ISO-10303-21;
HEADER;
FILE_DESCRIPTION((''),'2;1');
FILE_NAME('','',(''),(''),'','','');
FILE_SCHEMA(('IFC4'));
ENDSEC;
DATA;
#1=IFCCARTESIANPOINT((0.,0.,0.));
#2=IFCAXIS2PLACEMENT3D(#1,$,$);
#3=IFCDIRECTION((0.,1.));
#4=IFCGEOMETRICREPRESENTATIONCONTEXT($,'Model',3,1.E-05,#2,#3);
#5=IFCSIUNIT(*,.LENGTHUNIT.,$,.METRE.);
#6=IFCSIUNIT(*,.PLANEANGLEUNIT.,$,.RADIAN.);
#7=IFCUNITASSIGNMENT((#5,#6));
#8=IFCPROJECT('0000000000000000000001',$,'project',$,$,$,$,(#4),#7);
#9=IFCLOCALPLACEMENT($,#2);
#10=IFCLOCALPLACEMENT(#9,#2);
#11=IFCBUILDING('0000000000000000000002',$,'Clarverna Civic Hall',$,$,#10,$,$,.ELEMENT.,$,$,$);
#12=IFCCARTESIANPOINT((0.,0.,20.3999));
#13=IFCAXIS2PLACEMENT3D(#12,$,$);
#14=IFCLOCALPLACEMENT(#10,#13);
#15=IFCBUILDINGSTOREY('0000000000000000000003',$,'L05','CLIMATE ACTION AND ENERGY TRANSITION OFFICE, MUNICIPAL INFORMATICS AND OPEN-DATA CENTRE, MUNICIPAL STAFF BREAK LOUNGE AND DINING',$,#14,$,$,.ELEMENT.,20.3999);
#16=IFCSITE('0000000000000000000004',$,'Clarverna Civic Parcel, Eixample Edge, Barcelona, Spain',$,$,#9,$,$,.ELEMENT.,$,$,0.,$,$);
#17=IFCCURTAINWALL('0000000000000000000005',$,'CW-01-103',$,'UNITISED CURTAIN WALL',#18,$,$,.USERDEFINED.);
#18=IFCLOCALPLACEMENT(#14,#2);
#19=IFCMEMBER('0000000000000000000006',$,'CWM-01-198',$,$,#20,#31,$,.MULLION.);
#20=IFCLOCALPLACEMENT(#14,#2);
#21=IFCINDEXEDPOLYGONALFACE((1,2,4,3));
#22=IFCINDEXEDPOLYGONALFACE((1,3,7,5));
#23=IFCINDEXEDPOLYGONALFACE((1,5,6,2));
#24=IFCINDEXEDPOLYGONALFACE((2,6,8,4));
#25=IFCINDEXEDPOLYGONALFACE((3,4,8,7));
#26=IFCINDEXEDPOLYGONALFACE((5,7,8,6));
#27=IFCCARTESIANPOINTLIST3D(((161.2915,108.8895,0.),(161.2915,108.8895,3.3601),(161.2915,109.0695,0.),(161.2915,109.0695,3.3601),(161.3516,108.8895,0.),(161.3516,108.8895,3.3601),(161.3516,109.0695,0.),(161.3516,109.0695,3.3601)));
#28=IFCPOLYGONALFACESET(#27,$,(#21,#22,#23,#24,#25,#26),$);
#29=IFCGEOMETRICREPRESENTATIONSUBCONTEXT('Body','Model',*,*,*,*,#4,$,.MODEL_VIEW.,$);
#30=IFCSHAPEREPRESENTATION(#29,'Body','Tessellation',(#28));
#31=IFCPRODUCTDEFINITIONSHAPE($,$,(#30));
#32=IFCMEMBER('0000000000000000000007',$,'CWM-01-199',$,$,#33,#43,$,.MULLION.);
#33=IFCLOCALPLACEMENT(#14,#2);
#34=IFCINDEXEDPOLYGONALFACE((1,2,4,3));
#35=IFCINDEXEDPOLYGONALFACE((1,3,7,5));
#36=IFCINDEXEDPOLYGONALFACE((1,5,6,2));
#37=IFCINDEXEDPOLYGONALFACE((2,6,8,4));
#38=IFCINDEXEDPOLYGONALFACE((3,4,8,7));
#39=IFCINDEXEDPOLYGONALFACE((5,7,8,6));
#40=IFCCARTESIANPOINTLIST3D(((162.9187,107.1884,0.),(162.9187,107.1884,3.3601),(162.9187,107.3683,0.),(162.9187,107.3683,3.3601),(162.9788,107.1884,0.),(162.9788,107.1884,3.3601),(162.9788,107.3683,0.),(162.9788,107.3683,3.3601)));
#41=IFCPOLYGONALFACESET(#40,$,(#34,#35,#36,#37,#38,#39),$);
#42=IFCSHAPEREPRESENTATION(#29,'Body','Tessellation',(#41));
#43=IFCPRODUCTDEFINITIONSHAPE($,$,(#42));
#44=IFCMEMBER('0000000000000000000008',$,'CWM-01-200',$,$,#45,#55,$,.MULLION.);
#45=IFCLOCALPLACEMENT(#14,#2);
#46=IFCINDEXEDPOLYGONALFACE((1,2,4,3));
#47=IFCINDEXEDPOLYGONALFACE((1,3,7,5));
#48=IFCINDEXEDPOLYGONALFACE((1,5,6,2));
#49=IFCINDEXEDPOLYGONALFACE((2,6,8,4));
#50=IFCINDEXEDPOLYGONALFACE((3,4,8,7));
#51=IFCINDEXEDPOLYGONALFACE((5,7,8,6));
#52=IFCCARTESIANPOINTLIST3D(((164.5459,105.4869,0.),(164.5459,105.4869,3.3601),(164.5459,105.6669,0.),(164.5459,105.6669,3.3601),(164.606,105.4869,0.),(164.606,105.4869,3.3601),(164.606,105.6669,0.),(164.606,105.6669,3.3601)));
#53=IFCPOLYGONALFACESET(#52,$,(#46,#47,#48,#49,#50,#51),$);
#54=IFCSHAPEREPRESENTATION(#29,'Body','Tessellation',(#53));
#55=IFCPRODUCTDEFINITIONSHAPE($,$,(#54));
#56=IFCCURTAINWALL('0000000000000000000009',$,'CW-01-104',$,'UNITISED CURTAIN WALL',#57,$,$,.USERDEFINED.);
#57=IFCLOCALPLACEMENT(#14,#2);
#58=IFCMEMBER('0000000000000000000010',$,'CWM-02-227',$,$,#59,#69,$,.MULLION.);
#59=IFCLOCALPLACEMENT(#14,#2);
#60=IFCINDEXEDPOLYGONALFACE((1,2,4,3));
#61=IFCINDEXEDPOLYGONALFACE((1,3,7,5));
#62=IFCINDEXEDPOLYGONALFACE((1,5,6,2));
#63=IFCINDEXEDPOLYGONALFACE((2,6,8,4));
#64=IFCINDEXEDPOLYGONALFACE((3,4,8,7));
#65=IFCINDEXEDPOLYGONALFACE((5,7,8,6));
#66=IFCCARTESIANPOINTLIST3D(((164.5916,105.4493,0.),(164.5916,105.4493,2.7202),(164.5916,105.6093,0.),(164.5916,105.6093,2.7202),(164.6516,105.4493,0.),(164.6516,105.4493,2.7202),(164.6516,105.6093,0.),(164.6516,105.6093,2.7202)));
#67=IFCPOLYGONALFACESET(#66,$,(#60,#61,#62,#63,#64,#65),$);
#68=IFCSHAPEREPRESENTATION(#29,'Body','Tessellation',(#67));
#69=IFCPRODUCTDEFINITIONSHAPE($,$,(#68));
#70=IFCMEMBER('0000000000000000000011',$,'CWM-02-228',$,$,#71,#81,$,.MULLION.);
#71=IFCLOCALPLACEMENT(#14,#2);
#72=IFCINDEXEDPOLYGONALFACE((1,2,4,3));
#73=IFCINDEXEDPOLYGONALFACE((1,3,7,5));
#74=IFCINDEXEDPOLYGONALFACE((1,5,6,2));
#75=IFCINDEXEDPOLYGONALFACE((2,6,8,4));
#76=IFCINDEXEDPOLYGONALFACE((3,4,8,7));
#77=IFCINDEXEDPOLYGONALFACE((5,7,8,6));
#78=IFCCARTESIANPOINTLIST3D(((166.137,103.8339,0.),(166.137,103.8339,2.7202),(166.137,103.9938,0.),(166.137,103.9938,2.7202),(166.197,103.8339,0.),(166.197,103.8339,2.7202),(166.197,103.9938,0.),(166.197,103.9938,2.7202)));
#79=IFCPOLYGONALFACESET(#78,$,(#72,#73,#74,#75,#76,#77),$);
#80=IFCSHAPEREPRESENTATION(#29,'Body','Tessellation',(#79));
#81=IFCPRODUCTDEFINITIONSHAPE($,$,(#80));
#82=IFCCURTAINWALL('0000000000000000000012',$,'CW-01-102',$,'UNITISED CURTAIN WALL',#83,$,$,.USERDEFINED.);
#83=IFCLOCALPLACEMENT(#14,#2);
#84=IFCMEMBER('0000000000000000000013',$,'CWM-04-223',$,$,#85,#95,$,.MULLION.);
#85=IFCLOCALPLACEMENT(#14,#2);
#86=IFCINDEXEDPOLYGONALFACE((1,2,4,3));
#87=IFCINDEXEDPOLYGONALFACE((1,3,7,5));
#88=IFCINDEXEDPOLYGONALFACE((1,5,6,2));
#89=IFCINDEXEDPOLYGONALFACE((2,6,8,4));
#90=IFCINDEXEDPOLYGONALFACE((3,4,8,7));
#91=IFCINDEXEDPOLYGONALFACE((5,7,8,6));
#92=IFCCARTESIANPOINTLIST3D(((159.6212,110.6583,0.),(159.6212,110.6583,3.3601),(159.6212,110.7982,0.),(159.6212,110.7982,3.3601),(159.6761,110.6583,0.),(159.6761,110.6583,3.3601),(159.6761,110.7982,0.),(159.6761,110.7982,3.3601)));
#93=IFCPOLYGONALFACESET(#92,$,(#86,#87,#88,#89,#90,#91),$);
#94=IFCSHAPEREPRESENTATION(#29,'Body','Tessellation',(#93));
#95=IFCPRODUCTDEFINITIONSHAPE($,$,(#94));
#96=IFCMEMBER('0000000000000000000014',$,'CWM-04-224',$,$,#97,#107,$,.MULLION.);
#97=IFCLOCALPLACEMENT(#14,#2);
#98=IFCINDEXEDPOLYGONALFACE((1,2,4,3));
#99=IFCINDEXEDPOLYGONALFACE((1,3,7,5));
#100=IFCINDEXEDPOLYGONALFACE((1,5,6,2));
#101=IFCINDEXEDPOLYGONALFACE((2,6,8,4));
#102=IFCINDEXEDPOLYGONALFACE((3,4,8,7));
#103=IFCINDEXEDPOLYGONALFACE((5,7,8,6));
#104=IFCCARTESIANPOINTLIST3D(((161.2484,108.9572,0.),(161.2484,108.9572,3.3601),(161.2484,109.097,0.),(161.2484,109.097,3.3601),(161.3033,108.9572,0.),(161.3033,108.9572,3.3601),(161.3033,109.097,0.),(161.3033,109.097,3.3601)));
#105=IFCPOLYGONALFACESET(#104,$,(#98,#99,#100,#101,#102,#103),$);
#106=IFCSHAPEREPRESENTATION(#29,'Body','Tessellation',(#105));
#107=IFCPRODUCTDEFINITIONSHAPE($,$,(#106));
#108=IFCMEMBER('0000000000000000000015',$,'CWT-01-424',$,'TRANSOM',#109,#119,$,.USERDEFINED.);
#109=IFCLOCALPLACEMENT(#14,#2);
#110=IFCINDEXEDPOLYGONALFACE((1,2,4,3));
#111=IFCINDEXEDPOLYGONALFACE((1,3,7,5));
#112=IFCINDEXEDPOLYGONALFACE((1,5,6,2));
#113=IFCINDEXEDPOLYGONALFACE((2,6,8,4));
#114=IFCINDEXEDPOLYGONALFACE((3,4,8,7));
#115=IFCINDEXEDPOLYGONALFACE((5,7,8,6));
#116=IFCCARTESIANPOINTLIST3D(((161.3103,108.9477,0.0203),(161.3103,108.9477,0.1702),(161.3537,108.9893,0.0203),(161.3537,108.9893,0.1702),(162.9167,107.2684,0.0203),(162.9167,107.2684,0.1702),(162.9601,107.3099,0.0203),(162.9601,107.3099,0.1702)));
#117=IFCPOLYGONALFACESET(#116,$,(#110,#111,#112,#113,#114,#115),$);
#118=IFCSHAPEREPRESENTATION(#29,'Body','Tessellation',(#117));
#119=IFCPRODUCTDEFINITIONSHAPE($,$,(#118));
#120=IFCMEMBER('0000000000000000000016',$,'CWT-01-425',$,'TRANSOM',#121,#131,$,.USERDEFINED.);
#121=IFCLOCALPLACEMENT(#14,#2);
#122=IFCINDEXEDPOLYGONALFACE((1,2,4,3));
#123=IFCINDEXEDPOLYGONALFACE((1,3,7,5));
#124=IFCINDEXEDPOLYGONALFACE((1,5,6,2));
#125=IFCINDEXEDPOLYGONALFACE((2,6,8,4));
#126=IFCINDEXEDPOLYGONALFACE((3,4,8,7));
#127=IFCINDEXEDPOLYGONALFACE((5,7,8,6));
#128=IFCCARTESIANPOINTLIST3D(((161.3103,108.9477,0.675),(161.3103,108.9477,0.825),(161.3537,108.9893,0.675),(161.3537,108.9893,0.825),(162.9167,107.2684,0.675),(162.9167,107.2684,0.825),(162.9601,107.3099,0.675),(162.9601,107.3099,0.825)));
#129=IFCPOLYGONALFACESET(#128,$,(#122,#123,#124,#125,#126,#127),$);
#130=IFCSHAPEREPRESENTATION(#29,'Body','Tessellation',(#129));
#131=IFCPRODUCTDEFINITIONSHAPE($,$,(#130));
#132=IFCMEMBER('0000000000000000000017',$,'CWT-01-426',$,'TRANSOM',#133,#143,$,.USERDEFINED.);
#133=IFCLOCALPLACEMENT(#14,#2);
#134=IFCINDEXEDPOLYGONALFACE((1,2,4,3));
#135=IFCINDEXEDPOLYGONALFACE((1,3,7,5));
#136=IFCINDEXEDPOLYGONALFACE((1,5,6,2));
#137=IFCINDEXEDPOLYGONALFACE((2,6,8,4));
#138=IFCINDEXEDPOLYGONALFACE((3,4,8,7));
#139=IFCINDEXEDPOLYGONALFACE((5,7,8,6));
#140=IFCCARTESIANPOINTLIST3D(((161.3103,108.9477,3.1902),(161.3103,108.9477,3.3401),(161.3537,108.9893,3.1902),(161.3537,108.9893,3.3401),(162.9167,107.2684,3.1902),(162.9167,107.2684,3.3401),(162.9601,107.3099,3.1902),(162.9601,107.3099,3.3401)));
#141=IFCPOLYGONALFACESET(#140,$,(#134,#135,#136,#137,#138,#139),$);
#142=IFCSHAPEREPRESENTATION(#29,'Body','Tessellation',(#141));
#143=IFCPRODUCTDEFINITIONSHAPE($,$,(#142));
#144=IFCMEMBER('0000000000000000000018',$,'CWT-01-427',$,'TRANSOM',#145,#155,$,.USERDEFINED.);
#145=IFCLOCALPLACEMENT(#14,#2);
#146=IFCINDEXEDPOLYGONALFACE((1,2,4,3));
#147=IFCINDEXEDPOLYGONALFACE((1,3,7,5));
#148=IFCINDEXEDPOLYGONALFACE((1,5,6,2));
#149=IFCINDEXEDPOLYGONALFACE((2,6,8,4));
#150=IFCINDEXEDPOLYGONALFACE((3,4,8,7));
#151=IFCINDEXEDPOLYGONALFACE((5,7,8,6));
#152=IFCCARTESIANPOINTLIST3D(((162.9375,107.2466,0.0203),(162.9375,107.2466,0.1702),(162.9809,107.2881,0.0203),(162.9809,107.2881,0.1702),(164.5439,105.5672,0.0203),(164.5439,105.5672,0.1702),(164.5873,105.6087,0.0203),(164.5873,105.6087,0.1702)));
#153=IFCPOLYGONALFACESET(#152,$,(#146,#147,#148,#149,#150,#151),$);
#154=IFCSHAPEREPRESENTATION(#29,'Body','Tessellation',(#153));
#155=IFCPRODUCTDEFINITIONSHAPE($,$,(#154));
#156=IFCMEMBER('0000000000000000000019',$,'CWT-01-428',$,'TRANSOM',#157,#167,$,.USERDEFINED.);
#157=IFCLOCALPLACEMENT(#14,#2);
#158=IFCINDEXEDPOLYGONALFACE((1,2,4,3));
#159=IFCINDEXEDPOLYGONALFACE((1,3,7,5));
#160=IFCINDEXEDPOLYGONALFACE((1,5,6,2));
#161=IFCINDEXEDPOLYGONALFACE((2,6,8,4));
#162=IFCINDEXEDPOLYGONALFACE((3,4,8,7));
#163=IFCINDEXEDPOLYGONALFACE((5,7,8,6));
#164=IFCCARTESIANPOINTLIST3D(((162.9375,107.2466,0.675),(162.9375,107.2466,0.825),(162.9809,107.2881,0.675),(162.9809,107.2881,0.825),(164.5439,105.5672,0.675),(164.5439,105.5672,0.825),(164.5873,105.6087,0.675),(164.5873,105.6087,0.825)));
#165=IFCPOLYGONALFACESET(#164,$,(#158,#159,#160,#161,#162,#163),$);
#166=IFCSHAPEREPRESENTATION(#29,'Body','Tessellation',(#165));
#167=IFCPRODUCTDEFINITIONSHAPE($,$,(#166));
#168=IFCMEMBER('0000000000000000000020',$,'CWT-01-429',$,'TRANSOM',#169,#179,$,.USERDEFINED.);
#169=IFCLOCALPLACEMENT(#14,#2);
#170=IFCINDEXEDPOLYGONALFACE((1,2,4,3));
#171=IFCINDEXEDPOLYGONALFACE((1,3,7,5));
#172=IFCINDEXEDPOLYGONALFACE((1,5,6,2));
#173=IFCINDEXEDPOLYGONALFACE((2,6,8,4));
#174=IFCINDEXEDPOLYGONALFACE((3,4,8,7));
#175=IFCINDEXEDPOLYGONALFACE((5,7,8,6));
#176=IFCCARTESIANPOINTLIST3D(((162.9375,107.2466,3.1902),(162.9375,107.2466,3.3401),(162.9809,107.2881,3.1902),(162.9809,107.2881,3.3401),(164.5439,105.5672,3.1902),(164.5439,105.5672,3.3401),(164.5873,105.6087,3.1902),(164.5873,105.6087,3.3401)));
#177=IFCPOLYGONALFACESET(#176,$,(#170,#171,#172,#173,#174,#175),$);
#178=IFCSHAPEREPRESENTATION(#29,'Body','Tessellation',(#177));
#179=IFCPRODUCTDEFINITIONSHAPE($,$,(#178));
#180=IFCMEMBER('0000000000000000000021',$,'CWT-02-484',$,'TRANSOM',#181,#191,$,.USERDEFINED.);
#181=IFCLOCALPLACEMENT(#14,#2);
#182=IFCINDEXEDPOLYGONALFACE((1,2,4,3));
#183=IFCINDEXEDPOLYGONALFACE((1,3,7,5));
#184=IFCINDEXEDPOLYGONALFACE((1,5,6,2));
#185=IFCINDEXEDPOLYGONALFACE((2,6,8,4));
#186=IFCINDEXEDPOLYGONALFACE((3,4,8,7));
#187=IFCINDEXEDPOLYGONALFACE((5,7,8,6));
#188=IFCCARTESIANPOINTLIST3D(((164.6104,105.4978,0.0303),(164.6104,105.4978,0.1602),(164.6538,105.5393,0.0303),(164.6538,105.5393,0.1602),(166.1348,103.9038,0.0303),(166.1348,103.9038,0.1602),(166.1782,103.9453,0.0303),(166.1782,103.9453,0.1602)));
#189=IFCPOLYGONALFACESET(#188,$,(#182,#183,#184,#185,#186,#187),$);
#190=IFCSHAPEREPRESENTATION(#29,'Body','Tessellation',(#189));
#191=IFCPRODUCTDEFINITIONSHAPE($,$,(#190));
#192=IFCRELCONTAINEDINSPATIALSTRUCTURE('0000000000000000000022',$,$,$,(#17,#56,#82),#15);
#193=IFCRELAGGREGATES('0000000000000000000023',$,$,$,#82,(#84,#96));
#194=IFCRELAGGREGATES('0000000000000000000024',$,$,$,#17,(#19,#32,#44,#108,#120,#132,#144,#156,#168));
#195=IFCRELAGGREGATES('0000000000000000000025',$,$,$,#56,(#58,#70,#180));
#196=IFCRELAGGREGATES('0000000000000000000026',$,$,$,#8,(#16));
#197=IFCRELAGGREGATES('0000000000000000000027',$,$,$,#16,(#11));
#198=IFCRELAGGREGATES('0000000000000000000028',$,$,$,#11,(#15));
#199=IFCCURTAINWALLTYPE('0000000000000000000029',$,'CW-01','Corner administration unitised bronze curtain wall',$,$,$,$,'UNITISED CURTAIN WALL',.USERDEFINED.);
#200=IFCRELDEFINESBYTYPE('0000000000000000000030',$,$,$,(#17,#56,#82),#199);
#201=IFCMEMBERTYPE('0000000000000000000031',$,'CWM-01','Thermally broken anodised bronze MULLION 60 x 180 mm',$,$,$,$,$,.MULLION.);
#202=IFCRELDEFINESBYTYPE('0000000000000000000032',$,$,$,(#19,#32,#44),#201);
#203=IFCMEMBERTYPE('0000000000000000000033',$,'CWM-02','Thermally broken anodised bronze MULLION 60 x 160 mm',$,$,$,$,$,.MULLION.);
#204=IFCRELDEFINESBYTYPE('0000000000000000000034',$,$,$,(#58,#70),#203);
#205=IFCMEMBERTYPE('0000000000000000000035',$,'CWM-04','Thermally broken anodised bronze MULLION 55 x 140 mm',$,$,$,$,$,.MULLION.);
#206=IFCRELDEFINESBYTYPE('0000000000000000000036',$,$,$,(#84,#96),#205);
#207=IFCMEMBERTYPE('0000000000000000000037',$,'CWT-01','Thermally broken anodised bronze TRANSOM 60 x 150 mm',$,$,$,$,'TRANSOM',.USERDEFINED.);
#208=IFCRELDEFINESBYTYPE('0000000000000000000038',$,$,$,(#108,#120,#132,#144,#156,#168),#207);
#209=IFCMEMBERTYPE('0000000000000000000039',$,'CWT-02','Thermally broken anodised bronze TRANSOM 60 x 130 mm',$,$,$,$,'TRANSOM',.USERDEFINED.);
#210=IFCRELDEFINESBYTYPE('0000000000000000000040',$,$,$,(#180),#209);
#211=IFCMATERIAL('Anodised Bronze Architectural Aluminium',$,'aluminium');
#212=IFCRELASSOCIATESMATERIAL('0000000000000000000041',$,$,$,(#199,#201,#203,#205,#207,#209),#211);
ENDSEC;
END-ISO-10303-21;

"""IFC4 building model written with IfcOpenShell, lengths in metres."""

from ifc_helpers import new_model, si_unit, direction, frame, origin, origin_2d, place, context, subcontext, project, spatial, rectangle, extrude, material, material_profile, profile_set, type_object, element, aggregate, save


model = new_model("IFC4")

# Units and contexts
model_context = context("Model", 3, precision=1e-05, world=origin(), true_north=direction((0.0, 1.0)))
body_context = subcontext(model_context, "Body", "Model", "MODEL_VIEW")
ifc_project = project(units=[si_unit("LENGTHUNIT", "METRE"), si_unit("PLANEANGLEUNIT", "RADIAN")], contexts=[model_context])

# Site, building, storey
site_placement = place(None, origin())
site = spatial("IfcSite", under=ifc_project, at=site_placement, Name="Clarverna Civic Parcel, Eixample Edge, Barcelona, Spain", CompositionType="ELEMENT", RefElevation=0.0)
building_placement = place(site_placement, origin())
building = spatial("IfcBuilding", under=site, at=building_placement, Name="Clarverna Civic Hall", CompositionType="ELEMENT")
storey_placement = place(building_placement, frame((0.0, 0.0, 20.3999)))
storey = spatial("IfcBuildingStorey", under=building, at=storey_placement, Name="L05", Description="CLIMATE ACTION AND ENERGY TRANSITION OFFICE, MUNICIPAL INFORMATICS AND OPEN-DATA CENTRE, MUNICIPAL STAFF BREAK LOUNGE AND DINING", CompositionType="ELEMENT", Elevation=20.3999)

# Curtain walls, members
ifc_material_1 = material(Name="Anodised Bronze Architectural Aluminium", Category="aluminium")
curtain_wall_type = type_object("IfcCurtainWallType", Name="CW-01", Description="Corner administration unitised bronze curtain wall", ElementType="UNITISED CURTAIN WALL", PredefinedType="USERDEFINED", material=ifc_material_1)
curtain_wall_1_placement = place(storey_placement, origin())
curtain_wall_1 = element("IfcCurtainWall", 1, at=curtain_wall_1_placement, inside=storey, type_object=curtain_wall_type, Name="CW-01-103", ObjectType="UNITISED CURTAIN WALL", PredefinedType="USERDEFINED")
ifc_material_profile_1 = material_profile(ifc_material_1, rectangle(XDim=0.0601, YDim=0.1799, at=origin_2d()), Name="BRONZE 60x180")
ifc_profile_set_1 = profile_set([ifc_material_profile_1], Name="Anodised Bronze Architectural Aluminium")
member_type_1 = type_object("IfcMemberType", Name="CWM-01", Description="Thermally broken anodised bronze MULLION 60 x 180 mm", PredefinedType="MULLION", material=ifc_profile_set_1)
member_1_placement = place(storey_placement, frame((161.3215, 108.9795, 0.0), z_axis=(0.0, 0.0, 1.0), x_axis=(1.0, 0.0, 0.0)))
member_1 = element("IfcMember", 2, at=member_1_placement, type_object=member_type_1, Name="CWM-01-198", PredefinedType="MULLION", context=body_context, shape_type="SweptSolid", body=[
    extrude(rectangle(XDim=0.0601, YDim=0.1799, at=origin_2d()), origin(), (0.0, 0.0, 1.0), 3.3601),
])
member_2_placement = place(storey_placement, frame((162.9487, 107.2783, 0.0), z_axis=(0.0, 0.0, 1.0), x_axis=(1.0, 0.0, 0.0)))
member_2 = element("IfcMember", 3, at=member_2_placement, type_object=member_type_1, Name="CWM-01-199", PredefinedType="MULLION", context=body_context, shape_type="SweptSolid", body=[
    extrude(rectangle(XDim=0.0601, YDim=0.1799, at=origin_2d()), origin(), (0.0, 0.0, 1.0), 3.3601),
])
member_3_placement = place(storey_placement, frame((164.5759, 105.5769, 0.0), z_axis=(0.0, 0.0, 1.0), x_axis=(1.0, 0.0, 0.0)))
member_3 = element("IfcMember", 4, at=member_3_placement, type_object=member_type_1, Name="CWM-01-200", PredefinedType="MULLION", context=body_context, shape_type="SweptSolid", body=[
    extrude(rectangle(XDim=0.0601, YDim=0.1799, at=origin_2d()), origin(), (0.0, 0.0, 1.0), 3.3601),
])
curtain_wall_2_placement = place(storey_placement, origin())
curtain_wall_2 = element("IfcCurtainWall", 5, at=curtain_wall_2_placement, inside=storey, type_object=curtain_wall_type, Name="CW-01-104", ObjectType="UNITISED CURTAIN WALL", PredefinedType="USERDEFINED")
ifc_material_profile_2 = material_profile(ifc_material_1, rectangle(XDim=0.0601, YDim=0.1599, at=origin_2d()), Name="BRONZE 60x160")
ifc_profile_set_2 = profile_set([ifc_material_profile_2], Name="Anodised Bronze Architectural Aluminium")
member_type_2 = type_object("IfcMemberType", Name="CWM-02", Description="Thermally broken anodised bronze MULLION 60 x 160 mm", PredefinedType="MULLION", material=ifc_profile_set_2)
member_4_placement = place(storey_placement, frame((164.6216, 105.5293, 0.0), z_axis=(0.0, 0.0, 1.0), x_axis=(1.0, 0.0, 0.0)))
member_4 = element("IfcMember", 6, at=member_4_placement, type_object=member_type_2, Name="CWM-02-227", PredefinedType="MULLION", context=body_context, shape_type="SweptSolid", body=[
    extrude(rectangle(XDim=0.0601, YDim=0.1599, at=origin_2d()), origin(), (0.0, 0.0, 1.0), 2.7202),
])
member_5_placement = place(storey_placement, frame((166.167, 103.9138, 0.0), z_axis=(0.0, 0.0, 1.0), x_axis=(1.0, 0.0, 0.0)))
member_5 = element("IfcMember", 7, at=member_5_placement, type_object=member_type_2, Name="CWM-02-228", PredefinedType="MULLION", context=body_context, shape_type="SweptSolid", body=[
    extrude(rectangle(XDim=0.0601, YDim=0.1599, at=origin_2d()), origin(), (0.0, 0.0, 1.0), 2.7202),
])
curtain_wall_3_placement = place(storey_placement, origin())
curtain_wall_3 = element("IfcCurtainWall", 8, at=curtain_wall_3_placement, inside=storey, type_object=curtain_wall_type, Name="CW-01-102", ObjectType="UNITISED CURTAIN WALL", PredefinedType="USERDEFINED")
ifc_material_profile_3 = material_profile(ifc_material_1, rectangle(XDim=0.0549, YDim=0.1399, at=origin_2d()), Name="BRONZE 55x140")
ifc_profile_set_3 = profile_set([ifc_material_profile_3], Name="Anodised Bronze Architectural Aluminium")
member_type_3 = type_object("IfcMemberType", Name="CWM-04", Description="Thermally broken anodised bronze MULLION 55 x 140 mm", PredefinedType="MULLION", material=ifc_profile_set_3)
member_6_placement = place(storey_placement, frame((159.6487, 110.7283, 0.0), z_axis=(0.0, 0.0, 1.0), x_axis=(1.0, 0.0, 0.0)))
member_6 = element("IfcMember", 9, at=member_6_placement, type_object=member_type_3, Name="CWM-04-223", PredefinedType="MULLION", context=body_context, shape_type="SweptSolid", body=[
    extrude(rectangle(XDim=0.0549, YDim=0.1399, at=origin_2d()), origin(), (0.0, 0.0, 1.0), 3.3601),
])
member_7_placement = place(storey_placement, frame((161.2759, 109.0271, 0.0), z_axis=(0.0, 0.0, 1.0), x_axis=(1.0, 0.0, 0.0)))
member_7 = element("IfcMember", 10, at=member_7_placement, type_object=member_type_3, Name="CWM-04-224", PredefinedType="MULLION", context=body_context, shape_type="SweptSolid", body=[
    extrude(rectangle(XDim=0.0549, YDim=0.1399, at=origin_2d()), origin(), (0.0, 0.0, 1.0), 3.3601),
])

# Members
ifc_material_profile_4 = material_profile(ifc_material_1, rectangle(XDim=0.0601, YDim=0.1499, at=origin_2d()), Name="BRONZE 60x150")
ifc_profile_set_4 = profile_set([ifc_material_profile_4], Name="Anodised Bronze Architectural Aluminium")
member_type_4 = type_object("IfcMemberType", Name="CWT-01", Description="Thermally broken anodised bronze TRANSOM 60 x 150 mm", ElementType="TRANSOM", PredefinedType="USERDEFINED", material=ifc_profile_set_4)
member_8_placement = place(storey_placement, frame((161.332, 108.9685, 0.0952), z_axis=(0.691227, -0.722637, 0.0), x_axis=(0.722637, 0.691227, 0.0)))
member_8 = element("IfcMember", 11, at=member_8_placement, type_object=member_type_4, Name="CWT-01-424", ObjectType="TRANSOM", PredefinedType="USERDEFINED", context=body_context, shape_type="SweptSolid", body=[
    extrude(rectangle(XDim=0.0601, YDim=0.1499, at=origin_2d()), origin(), (0.0, 0.0, 1.0), 2.324),
])
member_9_placement = place(storey_placement, frame((161.332, 108.9685, 0.75), z_axis=(0.691227, -0.722637, 0.0), x_axis=(0.722637, 0.691227, 0.0)))
member_9 = element("IfcMember", 12, at=member_9_placement, type_object=member_type_4, Name="CWT-01-425", ObjectType="TRANSOM", PredefinedType="USERDEFINED", context=body_context, shape_type="SweptSolid", body=[
    extrude(rectangle(XDim=0.0601, YDim=0.1499, at=origin_2d()), origin(), (0.0, 0.0, 1.0), 2.324),
])
member_10_placement = place(storey_placement, frame((161.332, 108.9685, 3.2651), z_axis=(0.691227, -0.722637, 0.0), x_axis=(0.722637, 0.691227, 0.0)))
member_10 = element("IfcMember", 13, at=member_10_placement, type_object=member_type_4, Name="CWT-01-426", ObjectType="TRANSOM", PredefinedType="USERDEFINED", context=body_context, shape_type="SweptSolid", body=[
    extrude(rectangle(XDim=0.0601, YDim=0.1499, at=origin_2d()), origin(), (0.0, 0.0, 1.0), 2.324),
])
member_11_placement = place(storey_placement, frame((162.9592, 107.2673, 0.0952), z_axis=(0.691227, -0.722637, 0.0), x_axis=(0.722637, 0.691227, 0.0)))
member_11 = element("IfcMember", 14, at=member_11_placement, type_object=member_type_4, Name="CWT-01-427", ObjectType="TRANSOM", PredefinedType="USERDEFINED", context=body_context, shape_type="SweptSolid", body=[
    extrude(rectangle(XDim=0.0601, YDim=0.1499, at=origin_2d()), origin(), (0.0, 0.0, 1.0), 2.324),
])
member_12_placement = place(storey_placement, frame((162.9592, 107.2673, 0.75), z_axis=(0.691227, -0.722637, 0.0), x_axis=(0.722637, 0.691227, 0.0)))
member_12 = element("IfcMember", 15, at=member_12_placement, type_object=member_type_4, Name="CWT-01-428", ObjectType="TRANSOM", PredefinedType="USERDEFINED", context=body_context, shape_type="SweptSolid", body=[
    extrude(rectangle(XDim=0.0601, YDim=0.1499, at=origin_2d()), origin(), (0.0, 0.0, 1.0), 2.324),
])
member_13_placement = place(storey_placement, frame((162.9592, 107.2673, 3.2651), z_axis=(0.691227, -0.722637, 0.0), x_axis=(0.722637, 0.691227, 0.0)))
member_13 = element("IfcMember", 16, at=member_13_placement, type_object=member_type_4, Name="CWT-01-429", ObjectType="TRANSOM", PredefinedType="USERDEFINED", context=body_context, shape_type="SweptSolid", body=[
    extrude(rectangle(XDim=0.0601, YDim=0.1499, at=origin_2d()), origin(), (0.0, 0.0, 1.0), 2.324),
])
ifc_material_profile_5 = material_profile(ifc_material_1, rectangle(XDim=0.0601, YDim=0.1299, at=origin_2d()), Name="BRONZE 60x130")
ifc_profile_set_5 = profile_set([ifc_material_profile_5], Name="Anodised Bronze Architectural Aluminium")
member_type_5 = type_object("IfcMemberType", Name="CWT-02", Description="Thermally broken anodised bronze TRANSOM 60 x 130 mm", ElementType="TRANSOM", PredefinedType="USERDEFINED", material=ifc_profile_set_5)
member_14_placement = place(storey_placement, frame((164.6321, 105.5186, 0.0952), z_axis=(0.691157, -0.722704, 0.0), x_axis=(0.722704, 0.691157, 0.0)))
member_14 = element("IfcMember", 17, at=member_14_placement, type_object=member_type_5, Name="CWT-02-484", ObjectType="TRANSOM", PredefinedType="USERDEFINED", context=body_context, shape_type="SweptSolid", body=[
    extrude(rectangle(XDim=0.0601, YDim=0.1299, at=origin_2d()), origin(), (0.0, 0.0, 1.0), 2.2056),
])

aggregate(curtain_wall_3, [member_6, member_7])
aggregate(curtain_wall_1, [member_1, member_2, member_3, member_8, member_9, member_10, member_11, member_12, member_13])
aggregate(curtain_wall_2, [member_4, member_5, member_14])

save(model, "model.ifc")
